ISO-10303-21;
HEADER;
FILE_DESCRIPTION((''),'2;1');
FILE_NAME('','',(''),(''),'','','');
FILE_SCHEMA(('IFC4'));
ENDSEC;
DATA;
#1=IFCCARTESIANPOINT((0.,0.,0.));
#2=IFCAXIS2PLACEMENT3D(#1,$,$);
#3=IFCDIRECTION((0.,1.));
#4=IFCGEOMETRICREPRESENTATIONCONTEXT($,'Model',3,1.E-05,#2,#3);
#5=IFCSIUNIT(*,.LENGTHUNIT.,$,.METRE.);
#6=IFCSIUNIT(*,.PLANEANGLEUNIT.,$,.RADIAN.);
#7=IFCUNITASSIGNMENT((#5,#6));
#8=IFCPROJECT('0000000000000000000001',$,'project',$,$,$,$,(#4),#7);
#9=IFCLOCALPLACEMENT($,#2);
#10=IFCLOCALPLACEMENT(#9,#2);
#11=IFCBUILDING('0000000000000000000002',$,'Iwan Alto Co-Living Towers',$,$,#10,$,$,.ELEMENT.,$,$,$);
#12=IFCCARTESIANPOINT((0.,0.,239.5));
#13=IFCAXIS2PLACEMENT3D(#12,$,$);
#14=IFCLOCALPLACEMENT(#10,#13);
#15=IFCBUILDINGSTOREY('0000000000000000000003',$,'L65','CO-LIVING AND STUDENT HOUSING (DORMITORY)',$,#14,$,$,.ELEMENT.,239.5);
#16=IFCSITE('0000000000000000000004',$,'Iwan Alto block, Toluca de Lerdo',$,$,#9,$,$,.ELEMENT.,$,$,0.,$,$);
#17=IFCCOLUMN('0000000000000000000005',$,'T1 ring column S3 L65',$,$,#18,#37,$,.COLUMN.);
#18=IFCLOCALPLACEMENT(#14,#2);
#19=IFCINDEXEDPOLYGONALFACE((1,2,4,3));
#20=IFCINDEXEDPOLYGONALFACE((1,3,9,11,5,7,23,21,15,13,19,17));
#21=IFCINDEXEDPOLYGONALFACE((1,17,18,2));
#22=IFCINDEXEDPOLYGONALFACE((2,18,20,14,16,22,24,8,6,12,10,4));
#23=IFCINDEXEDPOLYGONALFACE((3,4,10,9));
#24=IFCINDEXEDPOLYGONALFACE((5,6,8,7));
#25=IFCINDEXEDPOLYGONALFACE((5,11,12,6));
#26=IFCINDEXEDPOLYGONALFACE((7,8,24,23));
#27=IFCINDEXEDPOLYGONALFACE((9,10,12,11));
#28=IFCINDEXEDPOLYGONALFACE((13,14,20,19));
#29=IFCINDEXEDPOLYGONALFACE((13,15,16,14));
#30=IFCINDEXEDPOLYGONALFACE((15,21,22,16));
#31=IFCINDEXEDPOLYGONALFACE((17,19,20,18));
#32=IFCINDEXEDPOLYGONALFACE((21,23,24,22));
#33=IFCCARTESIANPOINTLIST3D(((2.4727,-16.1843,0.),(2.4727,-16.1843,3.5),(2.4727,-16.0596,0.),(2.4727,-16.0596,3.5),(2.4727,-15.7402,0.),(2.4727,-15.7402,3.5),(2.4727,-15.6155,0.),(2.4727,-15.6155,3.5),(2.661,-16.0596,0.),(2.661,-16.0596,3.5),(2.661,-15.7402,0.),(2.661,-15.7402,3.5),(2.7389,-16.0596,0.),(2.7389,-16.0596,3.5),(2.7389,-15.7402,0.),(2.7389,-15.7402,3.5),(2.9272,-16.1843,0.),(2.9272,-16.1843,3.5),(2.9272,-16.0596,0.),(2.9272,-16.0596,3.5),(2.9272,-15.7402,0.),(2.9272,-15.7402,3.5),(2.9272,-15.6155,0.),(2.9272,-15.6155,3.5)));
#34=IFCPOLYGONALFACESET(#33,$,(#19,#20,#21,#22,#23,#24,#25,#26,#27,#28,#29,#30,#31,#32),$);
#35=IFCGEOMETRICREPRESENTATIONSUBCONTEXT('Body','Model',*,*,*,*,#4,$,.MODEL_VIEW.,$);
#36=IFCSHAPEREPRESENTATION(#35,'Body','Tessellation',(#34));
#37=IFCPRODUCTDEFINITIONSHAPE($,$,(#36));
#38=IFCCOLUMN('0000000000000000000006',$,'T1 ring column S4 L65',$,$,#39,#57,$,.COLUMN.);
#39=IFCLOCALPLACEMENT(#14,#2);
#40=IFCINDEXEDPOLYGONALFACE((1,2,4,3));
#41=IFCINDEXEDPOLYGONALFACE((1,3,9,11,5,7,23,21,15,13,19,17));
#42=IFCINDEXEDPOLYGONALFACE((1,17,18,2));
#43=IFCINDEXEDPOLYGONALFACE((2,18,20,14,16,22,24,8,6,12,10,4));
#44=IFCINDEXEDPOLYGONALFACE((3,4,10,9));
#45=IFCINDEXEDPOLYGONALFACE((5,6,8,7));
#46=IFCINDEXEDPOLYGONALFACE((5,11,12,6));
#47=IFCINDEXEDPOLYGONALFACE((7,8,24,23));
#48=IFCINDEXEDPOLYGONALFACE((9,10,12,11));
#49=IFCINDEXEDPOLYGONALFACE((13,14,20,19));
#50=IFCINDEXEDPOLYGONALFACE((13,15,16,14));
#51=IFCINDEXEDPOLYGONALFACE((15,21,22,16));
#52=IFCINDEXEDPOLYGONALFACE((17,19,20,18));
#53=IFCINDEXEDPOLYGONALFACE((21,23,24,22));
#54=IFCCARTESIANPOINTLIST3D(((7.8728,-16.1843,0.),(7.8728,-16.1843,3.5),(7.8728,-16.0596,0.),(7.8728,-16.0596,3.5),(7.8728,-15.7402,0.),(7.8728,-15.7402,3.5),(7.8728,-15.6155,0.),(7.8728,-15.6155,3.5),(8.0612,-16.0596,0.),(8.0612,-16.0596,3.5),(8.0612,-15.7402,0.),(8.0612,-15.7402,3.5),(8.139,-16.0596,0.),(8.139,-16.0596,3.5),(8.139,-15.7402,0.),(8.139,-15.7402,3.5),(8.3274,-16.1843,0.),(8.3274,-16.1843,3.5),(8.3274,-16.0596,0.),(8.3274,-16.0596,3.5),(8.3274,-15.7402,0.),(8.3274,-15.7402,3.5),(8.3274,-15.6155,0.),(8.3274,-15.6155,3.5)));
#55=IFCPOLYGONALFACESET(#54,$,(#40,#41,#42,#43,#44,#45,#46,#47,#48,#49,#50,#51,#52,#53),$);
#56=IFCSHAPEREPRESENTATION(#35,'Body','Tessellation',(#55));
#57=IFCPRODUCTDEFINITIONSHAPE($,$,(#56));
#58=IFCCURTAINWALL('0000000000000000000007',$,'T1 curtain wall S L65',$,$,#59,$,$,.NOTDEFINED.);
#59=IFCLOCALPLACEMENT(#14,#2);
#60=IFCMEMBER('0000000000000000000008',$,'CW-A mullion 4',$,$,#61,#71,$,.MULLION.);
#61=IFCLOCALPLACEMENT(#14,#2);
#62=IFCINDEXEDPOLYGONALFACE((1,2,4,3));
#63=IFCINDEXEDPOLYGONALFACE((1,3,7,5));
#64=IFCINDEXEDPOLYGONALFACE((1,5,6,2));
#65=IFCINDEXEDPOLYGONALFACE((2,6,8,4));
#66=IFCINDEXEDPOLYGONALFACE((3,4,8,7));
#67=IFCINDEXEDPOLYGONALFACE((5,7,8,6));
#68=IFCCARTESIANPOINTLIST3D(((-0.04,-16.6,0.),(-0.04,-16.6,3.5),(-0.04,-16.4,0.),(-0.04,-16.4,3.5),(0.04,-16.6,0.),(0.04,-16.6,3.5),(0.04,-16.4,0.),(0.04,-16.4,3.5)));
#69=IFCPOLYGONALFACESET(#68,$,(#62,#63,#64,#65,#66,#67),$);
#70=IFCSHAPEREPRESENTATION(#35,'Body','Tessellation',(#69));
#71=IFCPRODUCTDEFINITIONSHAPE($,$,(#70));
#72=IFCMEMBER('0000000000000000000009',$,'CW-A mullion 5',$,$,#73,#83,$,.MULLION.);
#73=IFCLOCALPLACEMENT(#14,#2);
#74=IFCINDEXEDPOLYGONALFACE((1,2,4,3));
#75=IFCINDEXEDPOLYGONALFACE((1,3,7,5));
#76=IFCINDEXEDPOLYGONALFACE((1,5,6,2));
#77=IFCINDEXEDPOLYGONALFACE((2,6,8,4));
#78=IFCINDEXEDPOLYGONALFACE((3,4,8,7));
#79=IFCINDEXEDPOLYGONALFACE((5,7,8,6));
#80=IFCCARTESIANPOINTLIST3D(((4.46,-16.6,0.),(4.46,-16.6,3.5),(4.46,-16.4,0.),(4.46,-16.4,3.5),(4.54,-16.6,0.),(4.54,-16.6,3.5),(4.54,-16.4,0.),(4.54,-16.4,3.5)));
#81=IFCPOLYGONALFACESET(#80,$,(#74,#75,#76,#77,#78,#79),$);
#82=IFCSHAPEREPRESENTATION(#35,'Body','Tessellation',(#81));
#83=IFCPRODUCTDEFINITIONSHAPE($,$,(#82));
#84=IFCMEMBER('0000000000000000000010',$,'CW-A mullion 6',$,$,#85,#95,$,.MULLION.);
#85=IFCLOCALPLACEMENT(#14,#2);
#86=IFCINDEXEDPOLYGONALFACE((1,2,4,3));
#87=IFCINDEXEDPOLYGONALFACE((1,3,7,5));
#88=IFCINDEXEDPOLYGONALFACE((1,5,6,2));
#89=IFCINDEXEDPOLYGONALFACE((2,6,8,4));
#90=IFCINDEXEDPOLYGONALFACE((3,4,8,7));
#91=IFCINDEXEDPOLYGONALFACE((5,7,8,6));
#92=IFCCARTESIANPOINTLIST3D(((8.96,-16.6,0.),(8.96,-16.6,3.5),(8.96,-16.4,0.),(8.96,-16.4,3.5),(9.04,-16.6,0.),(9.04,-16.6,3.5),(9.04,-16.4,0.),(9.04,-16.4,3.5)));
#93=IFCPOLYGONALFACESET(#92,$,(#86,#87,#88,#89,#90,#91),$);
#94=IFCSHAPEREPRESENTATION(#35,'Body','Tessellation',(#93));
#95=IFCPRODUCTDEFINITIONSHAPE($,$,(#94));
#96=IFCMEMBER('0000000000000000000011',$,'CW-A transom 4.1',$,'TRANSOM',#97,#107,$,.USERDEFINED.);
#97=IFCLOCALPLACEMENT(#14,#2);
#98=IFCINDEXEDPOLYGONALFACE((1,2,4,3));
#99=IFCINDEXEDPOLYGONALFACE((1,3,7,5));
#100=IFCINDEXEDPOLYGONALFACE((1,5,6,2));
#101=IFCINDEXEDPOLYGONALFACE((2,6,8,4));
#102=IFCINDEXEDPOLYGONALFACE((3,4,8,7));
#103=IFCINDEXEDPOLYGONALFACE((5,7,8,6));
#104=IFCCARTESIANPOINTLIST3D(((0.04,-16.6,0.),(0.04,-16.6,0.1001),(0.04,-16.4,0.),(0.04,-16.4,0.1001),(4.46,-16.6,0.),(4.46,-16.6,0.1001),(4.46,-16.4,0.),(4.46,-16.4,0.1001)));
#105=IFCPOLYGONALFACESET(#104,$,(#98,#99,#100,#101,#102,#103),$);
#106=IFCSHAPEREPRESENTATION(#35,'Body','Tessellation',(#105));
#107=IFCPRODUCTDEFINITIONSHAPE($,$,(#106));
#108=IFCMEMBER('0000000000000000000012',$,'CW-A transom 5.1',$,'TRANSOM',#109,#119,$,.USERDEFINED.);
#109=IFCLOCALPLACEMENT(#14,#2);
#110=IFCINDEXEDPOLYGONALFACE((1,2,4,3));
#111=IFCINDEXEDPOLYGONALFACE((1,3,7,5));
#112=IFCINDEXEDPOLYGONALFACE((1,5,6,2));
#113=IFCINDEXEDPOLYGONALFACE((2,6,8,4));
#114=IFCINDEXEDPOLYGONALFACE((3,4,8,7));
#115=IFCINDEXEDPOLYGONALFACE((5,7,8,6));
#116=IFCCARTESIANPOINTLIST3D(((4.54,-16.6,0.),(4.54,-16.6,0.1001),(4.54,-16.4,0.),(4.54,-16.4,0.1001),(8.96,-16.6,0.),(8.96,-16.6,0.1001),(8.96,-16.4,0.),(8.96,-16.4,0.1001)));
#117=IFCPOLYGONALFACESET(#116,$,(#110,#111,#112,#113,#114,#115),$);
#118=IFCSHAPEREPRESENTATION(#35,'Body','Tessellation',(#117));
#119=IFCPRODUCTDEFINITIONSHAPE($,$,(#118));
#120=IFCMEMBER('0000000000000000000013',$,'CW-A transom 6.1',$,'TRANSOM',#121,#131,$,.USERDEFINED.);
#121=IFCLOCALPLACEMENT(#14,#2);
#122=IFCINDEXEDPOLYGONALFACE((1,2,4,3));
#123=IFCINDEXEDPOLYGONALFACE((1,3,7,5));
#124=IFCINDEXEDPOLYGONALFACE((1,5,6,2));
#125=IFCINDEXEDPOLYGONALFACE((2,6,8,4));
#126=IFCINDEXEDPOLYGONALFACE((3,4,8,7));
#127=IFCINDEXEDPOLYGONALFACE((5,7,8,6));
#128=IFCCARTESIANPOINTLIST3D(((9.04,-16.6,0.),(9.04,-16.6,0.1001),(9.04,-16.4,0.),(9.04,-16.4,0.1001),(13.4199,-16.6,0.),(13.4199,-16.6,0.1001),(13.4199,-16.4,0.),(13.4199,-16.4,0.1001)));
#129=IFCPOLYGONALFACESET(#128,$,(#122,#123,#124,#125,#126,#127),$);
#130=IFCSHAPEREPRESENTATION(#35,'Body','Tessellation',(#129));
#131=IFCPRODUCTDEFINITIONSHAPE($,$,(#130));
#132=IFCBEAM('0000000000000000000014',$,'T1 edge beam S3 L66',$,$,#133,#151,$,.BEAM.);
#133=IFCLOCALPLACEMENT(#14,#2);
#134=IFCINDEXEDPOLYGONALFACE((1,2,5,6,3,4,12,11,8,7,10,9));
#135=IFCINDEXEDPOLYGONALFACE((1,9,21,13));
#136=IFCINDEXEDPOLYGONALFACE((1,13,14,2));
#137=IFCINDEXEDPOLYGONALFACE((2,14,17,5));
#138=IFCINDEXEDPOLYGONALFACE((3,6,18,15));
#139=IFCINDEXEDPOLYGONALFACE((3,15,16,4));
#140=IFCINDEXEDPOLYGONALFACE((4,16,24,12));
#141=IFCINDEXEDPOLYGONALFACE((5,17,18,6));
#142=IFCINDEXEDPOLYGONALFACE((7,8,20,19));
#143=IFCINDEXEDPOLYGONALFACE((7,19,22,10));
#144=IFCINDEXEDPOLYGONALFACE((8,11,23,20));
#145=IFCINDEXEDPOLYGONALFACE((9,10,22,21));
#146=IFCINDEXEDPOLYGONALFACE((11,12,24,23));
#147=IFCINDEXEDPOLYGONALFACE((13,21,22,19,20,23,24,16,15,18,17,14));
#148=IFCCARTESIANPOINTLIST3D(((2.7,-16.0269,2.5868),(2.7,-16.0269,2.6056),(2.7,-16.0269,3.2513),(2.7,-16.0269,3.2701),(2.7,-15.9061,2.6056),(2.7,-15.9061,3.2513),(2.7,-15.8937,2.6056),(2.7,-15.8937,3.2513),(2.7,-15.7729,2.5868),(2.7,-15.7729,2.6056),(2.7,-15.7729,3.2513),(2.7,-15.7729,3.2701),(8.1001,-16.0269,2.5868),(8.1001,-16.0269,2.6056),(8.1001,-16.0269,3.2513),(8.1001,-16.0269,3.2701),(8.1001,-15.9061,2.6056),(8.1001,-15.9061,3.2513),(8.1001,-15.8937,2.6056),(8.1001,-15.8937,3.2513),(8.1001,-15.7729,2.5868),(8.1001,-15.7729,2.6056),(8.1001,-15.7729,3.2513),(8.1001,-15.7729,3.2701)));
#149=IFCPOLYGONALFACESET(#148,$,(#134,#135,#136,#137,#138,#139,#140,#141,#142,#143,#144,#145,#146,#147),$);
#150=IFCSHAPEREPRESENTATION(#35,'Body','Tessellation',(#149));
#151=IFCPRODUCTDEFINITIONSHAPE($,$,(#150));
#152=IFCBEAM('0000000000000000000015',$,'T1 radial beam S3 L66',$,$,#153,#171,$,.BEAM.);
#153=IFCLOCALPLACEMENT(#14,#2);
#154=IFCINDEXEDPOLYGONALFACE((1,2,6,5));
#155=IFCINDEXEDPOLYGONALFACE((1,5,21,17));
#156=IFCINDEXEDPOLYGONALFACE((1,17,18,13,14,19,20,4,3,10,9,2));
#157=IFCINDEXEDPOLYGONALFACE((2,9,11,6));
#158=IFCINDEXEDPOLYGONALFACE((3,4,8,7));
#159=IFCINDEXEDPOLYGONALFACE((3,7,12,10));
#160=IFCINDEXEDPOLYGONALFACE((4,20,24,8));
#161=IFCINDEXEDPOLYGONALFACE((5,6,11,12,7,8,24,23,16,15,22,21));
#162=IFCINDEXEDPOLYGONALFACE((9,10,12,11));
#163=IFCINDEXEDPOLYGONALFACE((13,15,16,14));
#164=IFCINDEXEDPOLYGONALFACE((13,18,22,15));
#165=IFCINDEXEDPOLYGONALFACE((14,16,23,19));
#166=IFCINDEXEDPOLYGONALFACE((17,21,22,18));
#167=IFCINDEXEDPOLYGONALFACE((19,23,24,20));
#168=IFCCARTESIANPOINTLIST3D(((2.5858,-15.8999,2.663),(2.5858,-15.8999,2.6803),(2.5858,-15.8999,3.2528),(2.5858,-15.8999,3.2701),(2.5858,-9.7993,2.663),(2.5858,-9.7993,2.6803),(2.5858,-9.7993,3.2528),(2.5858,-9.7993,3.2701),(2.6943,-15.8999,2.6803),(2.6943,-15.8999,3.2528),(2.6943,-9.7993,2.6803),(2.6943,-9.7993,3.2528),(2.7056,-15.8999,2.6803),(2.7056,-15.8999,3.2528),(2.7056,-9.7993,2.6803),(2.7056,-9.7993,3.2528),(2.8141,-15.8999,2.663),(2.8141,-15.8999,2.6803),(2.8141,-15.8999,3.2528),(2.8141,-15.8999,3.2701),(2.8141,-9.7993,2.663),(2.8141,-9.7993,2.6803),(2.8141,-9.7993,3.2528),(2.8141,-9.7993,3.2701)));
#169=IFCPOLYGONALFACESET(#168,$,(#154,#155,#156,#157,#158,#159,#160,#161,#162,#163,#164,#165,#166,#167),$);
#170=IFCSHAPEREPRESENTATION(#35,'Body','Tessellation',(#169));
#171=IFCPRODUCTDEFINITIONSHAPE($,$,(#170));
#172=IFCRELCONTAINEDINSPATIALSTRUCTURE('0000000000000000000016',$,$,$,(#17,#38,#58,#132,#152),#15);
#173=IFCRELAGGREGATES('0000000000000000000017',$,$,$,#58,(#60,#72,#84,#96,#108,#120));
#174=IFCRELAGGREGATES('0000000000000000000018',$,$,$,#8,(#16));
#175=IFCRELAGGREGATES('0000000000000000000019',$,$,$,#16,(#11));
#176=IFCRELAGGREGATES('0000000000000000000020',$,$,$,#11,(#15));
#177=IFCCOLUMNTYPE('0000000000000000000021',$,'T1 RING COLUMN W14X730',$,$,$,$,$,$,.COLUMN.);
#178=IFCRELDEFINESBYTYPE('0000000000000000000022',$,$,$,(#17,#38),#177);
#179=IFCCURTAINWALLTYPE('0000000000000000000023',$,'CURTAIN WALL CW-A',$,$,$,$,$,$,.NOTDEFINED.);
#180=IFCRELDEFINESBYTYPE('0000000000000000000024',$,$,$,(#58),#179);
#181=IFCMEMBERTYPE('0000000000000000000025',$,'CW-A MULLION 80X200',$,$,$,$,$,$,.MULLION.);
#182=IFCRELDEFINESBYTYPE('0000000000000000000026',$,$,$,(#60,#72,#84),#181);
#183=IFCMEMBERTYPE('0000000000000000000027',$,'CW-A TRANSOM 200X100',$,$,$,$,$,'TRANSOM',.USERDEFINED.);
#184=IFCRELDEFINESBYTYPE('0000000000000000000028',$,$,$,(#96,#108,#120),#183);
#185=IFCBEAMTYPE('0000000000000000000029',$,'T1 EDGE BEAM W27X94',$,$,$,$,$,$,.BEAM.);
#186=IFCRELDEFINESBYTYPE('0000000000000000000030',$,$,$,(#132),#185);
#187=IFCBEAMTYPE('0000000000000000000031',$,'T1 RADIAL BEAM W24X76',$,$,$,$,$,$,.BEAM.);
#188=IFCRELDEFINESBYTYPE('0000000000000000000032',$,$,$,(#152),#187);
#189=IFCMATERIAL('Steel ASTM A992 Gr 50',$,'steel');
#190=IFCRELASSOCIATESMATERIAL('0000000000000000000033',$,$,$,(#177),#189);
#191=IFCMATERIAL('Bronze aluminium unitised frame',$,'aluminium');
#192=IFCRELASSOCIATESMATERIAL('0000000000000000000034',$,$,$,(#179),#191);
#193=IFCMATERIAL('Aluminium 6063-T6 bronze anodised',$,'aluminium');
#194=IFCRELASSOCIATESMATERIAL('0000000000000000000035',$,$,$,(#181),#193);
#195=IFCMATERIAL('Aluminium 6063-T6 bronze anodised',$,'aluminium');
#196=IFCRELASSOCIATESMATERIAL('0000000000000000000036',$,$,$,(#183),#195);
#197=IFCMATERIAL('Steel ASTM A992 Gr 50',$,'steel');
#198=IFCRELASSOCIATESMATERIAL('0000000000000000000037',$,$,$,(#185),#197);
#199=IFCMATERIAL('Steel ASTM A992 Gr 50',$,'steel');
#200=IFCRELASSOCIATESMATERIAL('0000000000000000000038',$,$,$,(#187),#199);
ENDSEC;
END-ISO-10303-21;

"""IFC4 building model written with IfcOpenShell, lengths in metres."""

from ifc_helpers import new_model, si_unit, direction, frame, origin, origin_2d, place, context, subcontext, project, spatial, rectangle, i_section, extrude, material, material_profile, profile_set, type_object, element, aggregate, save


model = new_model("IFC4")

# Units and contexts
model_context = context("Model", 3, precision=1e-05, world=origin(), true_north=direction((0.0, 1.0)))
body_context = subcontext(model_context, "Body", "Model", "MODEL_VIEW")
ifc_project = project(units=[si_unit("LENGTHUNIT", "METRE"), si_unit("PLANEANGLEUNIT", "RADIAN")], contexts=[model_context])

# Site, building, storey
site_placement = place(None, origin())
site = spatial("IfcSite", under=ifc_project, at=site_placement, Name="Iwan Alto block, Toluca de Lerdo", CompositionType="ELEMENT", RefElevation=0.0)
building_placement = place(site_placement, origin())
building = spatial("IfcBuilding", under=site, at=building_placement, Name="Iwan Alto Co-Living Towers", CompositionType="ELEMENT")
storey_placement = place(building_placement, frame((0.0, 0.0, 239.5)))
storey = spatial("IfcBuildingStorey", under=building, at=storey_placement, Name="L65", Description="CO-LIVING AND STUDENT HOUSING (DORMITORY)", CompositionType="ELEMENT", Elevation=239.5)

# Columns
ifc_material_1 = material(Name="Steel ASTM A992 Gr 50", Category="steel")
ifc_material_profile_1 = material_profile(ifc_material_1, i_section(OverallWidth=0.4546, OverallDepth=0.5688, WebThickness=0.0779, FlangeThickness=0.1248, at=origin_2d()), Name="W14X730")
ifc_profile_set_1 = profile_set([ifc_material_profile_1], Name="Steel ASTM A992 Gr 50")
column_type = type_object("IfcColumnType", Name="T1 RING COLUMN W14X730", PredefinedType="COLUMN", material=ifc_profile_set_1)
for number, where, z_axis, x_axis, name in (
    (1, (2.7, -15.8999, 0.0), (0.0, 0.0, 1.0), (1.0, 0.0, 0.0), "T1 ring column S3 L65"),
    (2, (8.1001, -15.8999, 0.0), (0.0, 0.0, 1.0), (1.0, 0.0, 0.0), "T1 ring column S4 L65"),
):
    element("IfcColumn", number, at=place(storey_placement, frame(where, z_axis=z_axis, x_axis=x_axis)), inside=storey, type_object=column_type, Name=name, PredefinedType="COLUMN", context=body_context, shape_type="SweptSolid", body=[
        extrude(i_section(OverallWidth=0.4546, OverallDepth=0.5688, WebThickness=0.0779, FlangeThickness=0.1248, at=origin_2d()), origin(), (0.0, 0.0, 1.0), 3.5),
    ])

# Curtain wall, members
ifc_material_2 = material(Name="Bronze aluminium unitised frame", Category="aluminium")
curtain_wall_type = type_object("IfcCurtainWallType", Name="CURTAIN WALL CW-A", PredefinedType="NOTDEFINED", material=ifc_material_2)
curtain_wall_placement = place(storey_placement, origin())
curtain_wall = element("IfcCurtainWall", 3, at=curtain_wall_placement, inside=storey, type_object=curtain_wall_type, Name="T1 curtain wall S L65", PredefinedType="NOTDEFINED")
ifc_material_3 = material(Name="Aluminium 6063-T6 bronze anodised", Category="aluminium")
ifc_material_profile_2 = material_profile(ifc_material_3, rectangle(XDim=0.2, YDim=0.0801, at=origin_2d()), Name="AL 80X200")
ifc_profile_set_2 = profile_set([ifc_material_profile_2], Name="Aluminium 6063-T6 bronze anodised")
member_type_1 = type_object("IfcMemberType", Name="CW-A MULLION 80X200", PredefinedType="MULLION", material=ifc_profile_set_2)
member_1_placement = place(storey_placement, frame((0.0, -16.5, 0.0), z_axis=(0.0, 0.0, 1.0), x_axis=(0.0, 1.0, 0.0)))
member_1 = element("IfcMember", 4, at=member_1_placement, type_object=member_type_1, Name="CW-A mullion 4", PredefinedType="MULLION", context=body_context, shape_type="SweptSolid", body=[
    extrude(rectangle(XDim=0.2, YDim=0.0801, at=origin_2d()), origin(), (0.0, 0.0, 1.0), 3.5),
])
member_2_placement = place(storey_placement, frame((4.5, -16.5, 0.0), z_axis=(0.0, 0.0, 1.0), x_axis=(0.0, 1.0, 0.0)))
member_2 = element("IfcMember", 5, at=member_2_placement, type_object=member_type_1, Name="CW-A mullion 5", PredefinedType="MULLION", context=body_context, shape_type="SweptSolid", body=[
    extrude(rectangle(XDim=0.2, YDim=0.0801, at=origin_2d()), origin(), (0.0, 0.0, 1.0), 3.5),
])
member_3_placement = place(storey_placement, frame((9.0, -16.5, 0.0), z_axis=(0.0, 0.0, 1.0), x_axis=(0.0, 1.0, 0.0)))
member_3 = element("IfcMember", 6, at=member_3_placement, type_object=member_type_1, Name="CW-A mullion 6", PredefinedType="MULLION", context=body_context, shape_type="SweptSolid", body=[
    extrude(rectangle(XDim=0.2, YDim=0.0801, at=origin_2d()), origin(), (0.0, 0.0, 1.0), 3.5),
])
ifc_material_4 = material(Name="Aluminium 6063-T6 bronze anodised", Category="aluminium")
ifc_material_profile_3 = material_profile(ifc_material_4, rectangle(XDim=0.2, YDim=0.1001, at=origin_2d()), Name="AL 200X100")
ifc_profile_set_3 = profile_set([ifc_material_profile_3], Name="Aluminium 6063-T6 bronze anodised")
member_type_2 = type_object("IfcMemberType", Name="CW-A TRANSOM 200X100", ElementType="TRANSOM", PredefinedType="USERDEFINED", material=ifc_profile_set_3)
member_4_placement = place(storey_placement, frame((0.04, -16.5, 0.05), z_axis=(1.0, 0.0, 0.0), x_axis=(0.0, 1.0, 0.0)))
member_4 = element("IfcMember", 7, at=member_4_placement, type_object=member_type_2, Name="CW-A transom 4.1", ObjectType="TRANSOM", PredefinedType="USERDEFINED", context=body_context, shape_type="SweptSolid", body=[
    extrude(rectangle(XDim=0.2, YDim=0.1001, at=origin_2d()), origin(), (0.0, 0.0, 1.0), 4.4199),
])
member_5_placement = place(storey_placement, frame((4.54, -16.5, 0.05), z_axis=(1.0, 0.0, 0.0), x_axis=(0.0, 1.0, 0.0)))
member_5 = element("IfcMember", 8, at=member_5_placement, type_object=member_type_2, Name="CW-A transom 5.1", ObjectType="TRANSOM", PredefinedType="USERDEFINED", context=body_context, shape_type="SweptSolid", body=[
    extrude(rectangle(XDim=0.2, YDim=0.1001, at=origin_2d()), origin(), (0.0, 0.0, 1.0), 4.4199),
])
member_6_placement = place(storey_placement, frame((9.04, -16.5, 0.05), z_axis=(1.0, 0.0, 0.0), x_axis=(0.0, 1.0, 0.0)))
member_6 = element("IfcMember", 9, at=member_6_placement, type_object=member_type_2, Name="CW-A transom 6.1", ObjectType="TRANSOM", PredefinedType="USERDEFINED", context=body_context, shape_type="SweptSolid", body=[
    extrude(rectangle(XDim=0.2, YDim=0.1001, at=origin_2d()), origin(), (0.0, 0.0, 1.0), 4.3799),
])

# Beams
ifc_material_5 = material(Name="Steel ASTM A992 Gr 50", Category="steel")
ifc_material_profile_4 = material_profile(ifc_material_5, i_section(OverallWidth=0.2539, OverallDepth=0.6833, WebThickness=0.0125, FlangeThickness=0.0188, at=origin_2d()), Name="W27X94")
ifc_profile_set_4 = profile_set([ifc_material_profile_4], Name="Steel ASTM A992 Gr 50")
beam_type_1 = type_object("IfcBeamType", Name="T1 EDGE BEAM W27X94", PredefinedType="BEAM", material=ifc_profile_set_4)
beam_1_placement = place(storey_placement, frame((2.7, -15.8999, 2.9285), z_axis=(1.0, 0.0, 0.0), x_axis=(0.0, 1.0, 0.0)))
element("IfcBeam", 10, at=beam_1_placement, inside=storey, type_object=beam_type_1, Name="T1 edge beam S3 L66", PredefinedType="BEAM", context=body_context, shape_type="SweptSolid", body=[
    extrude(i_section(OverallWidth=0.2539, OverallDepth=0.6833, WebThickness=0.0125, FlangeThickness=0.0188, at=origin_2d()), origin(), (0.0, 0.0, 1.0), 5.4001),
])
ifc_material_6 = material(Name="Steel ASTM A992 Gr 50", Category="steel")
ifc_material_profile_5 = material_profile(ifc_material_6, i_section(OverallWidth=0.2283, OverallDepth=0.6072, WebThickness=0.0112, FlangeThickness=0.0173, at=origin_2d()), Name="W24X76")
ifc_profile_set_5 = profile_set([ifc_material_profile_5], Name="Steel ASTM A992 Gr 50")
beam_type_2 = type_object("IfcBeamType", Name="T1 RADIAL BEAM W24X76", PredefinedType="BEAM", material=ifc_profile_set_5)
beam_2_placement = place(storey_placement, frame((2.7, -15.8999, 2.9666), z_axis=(0.0, 1.0, 0.0), x_axis=(-1.0, 0.0, 0.0)))
element("IfcBeam", 11, at=beam_2_placement, inside=storey, type_object=beam_type_2, Name="T1 radial beam S3 L66", PredefinedType="BEAM", context=body_context, shape_type="SweptSolid", body=[
    extrude(i_section(OverallWidth=0.2283, OverallDepth=0.6072, WebThickness=0.0112, FlangeThickness=0.0173, at=origin_2d()), origin(), (0.0, 0.0, 1.0), 6.1006),
])

aggregate(curtain_wall, [member_1, member_2, member_3, member_4, member_5, member_6])

save(model, "model.ifc")
